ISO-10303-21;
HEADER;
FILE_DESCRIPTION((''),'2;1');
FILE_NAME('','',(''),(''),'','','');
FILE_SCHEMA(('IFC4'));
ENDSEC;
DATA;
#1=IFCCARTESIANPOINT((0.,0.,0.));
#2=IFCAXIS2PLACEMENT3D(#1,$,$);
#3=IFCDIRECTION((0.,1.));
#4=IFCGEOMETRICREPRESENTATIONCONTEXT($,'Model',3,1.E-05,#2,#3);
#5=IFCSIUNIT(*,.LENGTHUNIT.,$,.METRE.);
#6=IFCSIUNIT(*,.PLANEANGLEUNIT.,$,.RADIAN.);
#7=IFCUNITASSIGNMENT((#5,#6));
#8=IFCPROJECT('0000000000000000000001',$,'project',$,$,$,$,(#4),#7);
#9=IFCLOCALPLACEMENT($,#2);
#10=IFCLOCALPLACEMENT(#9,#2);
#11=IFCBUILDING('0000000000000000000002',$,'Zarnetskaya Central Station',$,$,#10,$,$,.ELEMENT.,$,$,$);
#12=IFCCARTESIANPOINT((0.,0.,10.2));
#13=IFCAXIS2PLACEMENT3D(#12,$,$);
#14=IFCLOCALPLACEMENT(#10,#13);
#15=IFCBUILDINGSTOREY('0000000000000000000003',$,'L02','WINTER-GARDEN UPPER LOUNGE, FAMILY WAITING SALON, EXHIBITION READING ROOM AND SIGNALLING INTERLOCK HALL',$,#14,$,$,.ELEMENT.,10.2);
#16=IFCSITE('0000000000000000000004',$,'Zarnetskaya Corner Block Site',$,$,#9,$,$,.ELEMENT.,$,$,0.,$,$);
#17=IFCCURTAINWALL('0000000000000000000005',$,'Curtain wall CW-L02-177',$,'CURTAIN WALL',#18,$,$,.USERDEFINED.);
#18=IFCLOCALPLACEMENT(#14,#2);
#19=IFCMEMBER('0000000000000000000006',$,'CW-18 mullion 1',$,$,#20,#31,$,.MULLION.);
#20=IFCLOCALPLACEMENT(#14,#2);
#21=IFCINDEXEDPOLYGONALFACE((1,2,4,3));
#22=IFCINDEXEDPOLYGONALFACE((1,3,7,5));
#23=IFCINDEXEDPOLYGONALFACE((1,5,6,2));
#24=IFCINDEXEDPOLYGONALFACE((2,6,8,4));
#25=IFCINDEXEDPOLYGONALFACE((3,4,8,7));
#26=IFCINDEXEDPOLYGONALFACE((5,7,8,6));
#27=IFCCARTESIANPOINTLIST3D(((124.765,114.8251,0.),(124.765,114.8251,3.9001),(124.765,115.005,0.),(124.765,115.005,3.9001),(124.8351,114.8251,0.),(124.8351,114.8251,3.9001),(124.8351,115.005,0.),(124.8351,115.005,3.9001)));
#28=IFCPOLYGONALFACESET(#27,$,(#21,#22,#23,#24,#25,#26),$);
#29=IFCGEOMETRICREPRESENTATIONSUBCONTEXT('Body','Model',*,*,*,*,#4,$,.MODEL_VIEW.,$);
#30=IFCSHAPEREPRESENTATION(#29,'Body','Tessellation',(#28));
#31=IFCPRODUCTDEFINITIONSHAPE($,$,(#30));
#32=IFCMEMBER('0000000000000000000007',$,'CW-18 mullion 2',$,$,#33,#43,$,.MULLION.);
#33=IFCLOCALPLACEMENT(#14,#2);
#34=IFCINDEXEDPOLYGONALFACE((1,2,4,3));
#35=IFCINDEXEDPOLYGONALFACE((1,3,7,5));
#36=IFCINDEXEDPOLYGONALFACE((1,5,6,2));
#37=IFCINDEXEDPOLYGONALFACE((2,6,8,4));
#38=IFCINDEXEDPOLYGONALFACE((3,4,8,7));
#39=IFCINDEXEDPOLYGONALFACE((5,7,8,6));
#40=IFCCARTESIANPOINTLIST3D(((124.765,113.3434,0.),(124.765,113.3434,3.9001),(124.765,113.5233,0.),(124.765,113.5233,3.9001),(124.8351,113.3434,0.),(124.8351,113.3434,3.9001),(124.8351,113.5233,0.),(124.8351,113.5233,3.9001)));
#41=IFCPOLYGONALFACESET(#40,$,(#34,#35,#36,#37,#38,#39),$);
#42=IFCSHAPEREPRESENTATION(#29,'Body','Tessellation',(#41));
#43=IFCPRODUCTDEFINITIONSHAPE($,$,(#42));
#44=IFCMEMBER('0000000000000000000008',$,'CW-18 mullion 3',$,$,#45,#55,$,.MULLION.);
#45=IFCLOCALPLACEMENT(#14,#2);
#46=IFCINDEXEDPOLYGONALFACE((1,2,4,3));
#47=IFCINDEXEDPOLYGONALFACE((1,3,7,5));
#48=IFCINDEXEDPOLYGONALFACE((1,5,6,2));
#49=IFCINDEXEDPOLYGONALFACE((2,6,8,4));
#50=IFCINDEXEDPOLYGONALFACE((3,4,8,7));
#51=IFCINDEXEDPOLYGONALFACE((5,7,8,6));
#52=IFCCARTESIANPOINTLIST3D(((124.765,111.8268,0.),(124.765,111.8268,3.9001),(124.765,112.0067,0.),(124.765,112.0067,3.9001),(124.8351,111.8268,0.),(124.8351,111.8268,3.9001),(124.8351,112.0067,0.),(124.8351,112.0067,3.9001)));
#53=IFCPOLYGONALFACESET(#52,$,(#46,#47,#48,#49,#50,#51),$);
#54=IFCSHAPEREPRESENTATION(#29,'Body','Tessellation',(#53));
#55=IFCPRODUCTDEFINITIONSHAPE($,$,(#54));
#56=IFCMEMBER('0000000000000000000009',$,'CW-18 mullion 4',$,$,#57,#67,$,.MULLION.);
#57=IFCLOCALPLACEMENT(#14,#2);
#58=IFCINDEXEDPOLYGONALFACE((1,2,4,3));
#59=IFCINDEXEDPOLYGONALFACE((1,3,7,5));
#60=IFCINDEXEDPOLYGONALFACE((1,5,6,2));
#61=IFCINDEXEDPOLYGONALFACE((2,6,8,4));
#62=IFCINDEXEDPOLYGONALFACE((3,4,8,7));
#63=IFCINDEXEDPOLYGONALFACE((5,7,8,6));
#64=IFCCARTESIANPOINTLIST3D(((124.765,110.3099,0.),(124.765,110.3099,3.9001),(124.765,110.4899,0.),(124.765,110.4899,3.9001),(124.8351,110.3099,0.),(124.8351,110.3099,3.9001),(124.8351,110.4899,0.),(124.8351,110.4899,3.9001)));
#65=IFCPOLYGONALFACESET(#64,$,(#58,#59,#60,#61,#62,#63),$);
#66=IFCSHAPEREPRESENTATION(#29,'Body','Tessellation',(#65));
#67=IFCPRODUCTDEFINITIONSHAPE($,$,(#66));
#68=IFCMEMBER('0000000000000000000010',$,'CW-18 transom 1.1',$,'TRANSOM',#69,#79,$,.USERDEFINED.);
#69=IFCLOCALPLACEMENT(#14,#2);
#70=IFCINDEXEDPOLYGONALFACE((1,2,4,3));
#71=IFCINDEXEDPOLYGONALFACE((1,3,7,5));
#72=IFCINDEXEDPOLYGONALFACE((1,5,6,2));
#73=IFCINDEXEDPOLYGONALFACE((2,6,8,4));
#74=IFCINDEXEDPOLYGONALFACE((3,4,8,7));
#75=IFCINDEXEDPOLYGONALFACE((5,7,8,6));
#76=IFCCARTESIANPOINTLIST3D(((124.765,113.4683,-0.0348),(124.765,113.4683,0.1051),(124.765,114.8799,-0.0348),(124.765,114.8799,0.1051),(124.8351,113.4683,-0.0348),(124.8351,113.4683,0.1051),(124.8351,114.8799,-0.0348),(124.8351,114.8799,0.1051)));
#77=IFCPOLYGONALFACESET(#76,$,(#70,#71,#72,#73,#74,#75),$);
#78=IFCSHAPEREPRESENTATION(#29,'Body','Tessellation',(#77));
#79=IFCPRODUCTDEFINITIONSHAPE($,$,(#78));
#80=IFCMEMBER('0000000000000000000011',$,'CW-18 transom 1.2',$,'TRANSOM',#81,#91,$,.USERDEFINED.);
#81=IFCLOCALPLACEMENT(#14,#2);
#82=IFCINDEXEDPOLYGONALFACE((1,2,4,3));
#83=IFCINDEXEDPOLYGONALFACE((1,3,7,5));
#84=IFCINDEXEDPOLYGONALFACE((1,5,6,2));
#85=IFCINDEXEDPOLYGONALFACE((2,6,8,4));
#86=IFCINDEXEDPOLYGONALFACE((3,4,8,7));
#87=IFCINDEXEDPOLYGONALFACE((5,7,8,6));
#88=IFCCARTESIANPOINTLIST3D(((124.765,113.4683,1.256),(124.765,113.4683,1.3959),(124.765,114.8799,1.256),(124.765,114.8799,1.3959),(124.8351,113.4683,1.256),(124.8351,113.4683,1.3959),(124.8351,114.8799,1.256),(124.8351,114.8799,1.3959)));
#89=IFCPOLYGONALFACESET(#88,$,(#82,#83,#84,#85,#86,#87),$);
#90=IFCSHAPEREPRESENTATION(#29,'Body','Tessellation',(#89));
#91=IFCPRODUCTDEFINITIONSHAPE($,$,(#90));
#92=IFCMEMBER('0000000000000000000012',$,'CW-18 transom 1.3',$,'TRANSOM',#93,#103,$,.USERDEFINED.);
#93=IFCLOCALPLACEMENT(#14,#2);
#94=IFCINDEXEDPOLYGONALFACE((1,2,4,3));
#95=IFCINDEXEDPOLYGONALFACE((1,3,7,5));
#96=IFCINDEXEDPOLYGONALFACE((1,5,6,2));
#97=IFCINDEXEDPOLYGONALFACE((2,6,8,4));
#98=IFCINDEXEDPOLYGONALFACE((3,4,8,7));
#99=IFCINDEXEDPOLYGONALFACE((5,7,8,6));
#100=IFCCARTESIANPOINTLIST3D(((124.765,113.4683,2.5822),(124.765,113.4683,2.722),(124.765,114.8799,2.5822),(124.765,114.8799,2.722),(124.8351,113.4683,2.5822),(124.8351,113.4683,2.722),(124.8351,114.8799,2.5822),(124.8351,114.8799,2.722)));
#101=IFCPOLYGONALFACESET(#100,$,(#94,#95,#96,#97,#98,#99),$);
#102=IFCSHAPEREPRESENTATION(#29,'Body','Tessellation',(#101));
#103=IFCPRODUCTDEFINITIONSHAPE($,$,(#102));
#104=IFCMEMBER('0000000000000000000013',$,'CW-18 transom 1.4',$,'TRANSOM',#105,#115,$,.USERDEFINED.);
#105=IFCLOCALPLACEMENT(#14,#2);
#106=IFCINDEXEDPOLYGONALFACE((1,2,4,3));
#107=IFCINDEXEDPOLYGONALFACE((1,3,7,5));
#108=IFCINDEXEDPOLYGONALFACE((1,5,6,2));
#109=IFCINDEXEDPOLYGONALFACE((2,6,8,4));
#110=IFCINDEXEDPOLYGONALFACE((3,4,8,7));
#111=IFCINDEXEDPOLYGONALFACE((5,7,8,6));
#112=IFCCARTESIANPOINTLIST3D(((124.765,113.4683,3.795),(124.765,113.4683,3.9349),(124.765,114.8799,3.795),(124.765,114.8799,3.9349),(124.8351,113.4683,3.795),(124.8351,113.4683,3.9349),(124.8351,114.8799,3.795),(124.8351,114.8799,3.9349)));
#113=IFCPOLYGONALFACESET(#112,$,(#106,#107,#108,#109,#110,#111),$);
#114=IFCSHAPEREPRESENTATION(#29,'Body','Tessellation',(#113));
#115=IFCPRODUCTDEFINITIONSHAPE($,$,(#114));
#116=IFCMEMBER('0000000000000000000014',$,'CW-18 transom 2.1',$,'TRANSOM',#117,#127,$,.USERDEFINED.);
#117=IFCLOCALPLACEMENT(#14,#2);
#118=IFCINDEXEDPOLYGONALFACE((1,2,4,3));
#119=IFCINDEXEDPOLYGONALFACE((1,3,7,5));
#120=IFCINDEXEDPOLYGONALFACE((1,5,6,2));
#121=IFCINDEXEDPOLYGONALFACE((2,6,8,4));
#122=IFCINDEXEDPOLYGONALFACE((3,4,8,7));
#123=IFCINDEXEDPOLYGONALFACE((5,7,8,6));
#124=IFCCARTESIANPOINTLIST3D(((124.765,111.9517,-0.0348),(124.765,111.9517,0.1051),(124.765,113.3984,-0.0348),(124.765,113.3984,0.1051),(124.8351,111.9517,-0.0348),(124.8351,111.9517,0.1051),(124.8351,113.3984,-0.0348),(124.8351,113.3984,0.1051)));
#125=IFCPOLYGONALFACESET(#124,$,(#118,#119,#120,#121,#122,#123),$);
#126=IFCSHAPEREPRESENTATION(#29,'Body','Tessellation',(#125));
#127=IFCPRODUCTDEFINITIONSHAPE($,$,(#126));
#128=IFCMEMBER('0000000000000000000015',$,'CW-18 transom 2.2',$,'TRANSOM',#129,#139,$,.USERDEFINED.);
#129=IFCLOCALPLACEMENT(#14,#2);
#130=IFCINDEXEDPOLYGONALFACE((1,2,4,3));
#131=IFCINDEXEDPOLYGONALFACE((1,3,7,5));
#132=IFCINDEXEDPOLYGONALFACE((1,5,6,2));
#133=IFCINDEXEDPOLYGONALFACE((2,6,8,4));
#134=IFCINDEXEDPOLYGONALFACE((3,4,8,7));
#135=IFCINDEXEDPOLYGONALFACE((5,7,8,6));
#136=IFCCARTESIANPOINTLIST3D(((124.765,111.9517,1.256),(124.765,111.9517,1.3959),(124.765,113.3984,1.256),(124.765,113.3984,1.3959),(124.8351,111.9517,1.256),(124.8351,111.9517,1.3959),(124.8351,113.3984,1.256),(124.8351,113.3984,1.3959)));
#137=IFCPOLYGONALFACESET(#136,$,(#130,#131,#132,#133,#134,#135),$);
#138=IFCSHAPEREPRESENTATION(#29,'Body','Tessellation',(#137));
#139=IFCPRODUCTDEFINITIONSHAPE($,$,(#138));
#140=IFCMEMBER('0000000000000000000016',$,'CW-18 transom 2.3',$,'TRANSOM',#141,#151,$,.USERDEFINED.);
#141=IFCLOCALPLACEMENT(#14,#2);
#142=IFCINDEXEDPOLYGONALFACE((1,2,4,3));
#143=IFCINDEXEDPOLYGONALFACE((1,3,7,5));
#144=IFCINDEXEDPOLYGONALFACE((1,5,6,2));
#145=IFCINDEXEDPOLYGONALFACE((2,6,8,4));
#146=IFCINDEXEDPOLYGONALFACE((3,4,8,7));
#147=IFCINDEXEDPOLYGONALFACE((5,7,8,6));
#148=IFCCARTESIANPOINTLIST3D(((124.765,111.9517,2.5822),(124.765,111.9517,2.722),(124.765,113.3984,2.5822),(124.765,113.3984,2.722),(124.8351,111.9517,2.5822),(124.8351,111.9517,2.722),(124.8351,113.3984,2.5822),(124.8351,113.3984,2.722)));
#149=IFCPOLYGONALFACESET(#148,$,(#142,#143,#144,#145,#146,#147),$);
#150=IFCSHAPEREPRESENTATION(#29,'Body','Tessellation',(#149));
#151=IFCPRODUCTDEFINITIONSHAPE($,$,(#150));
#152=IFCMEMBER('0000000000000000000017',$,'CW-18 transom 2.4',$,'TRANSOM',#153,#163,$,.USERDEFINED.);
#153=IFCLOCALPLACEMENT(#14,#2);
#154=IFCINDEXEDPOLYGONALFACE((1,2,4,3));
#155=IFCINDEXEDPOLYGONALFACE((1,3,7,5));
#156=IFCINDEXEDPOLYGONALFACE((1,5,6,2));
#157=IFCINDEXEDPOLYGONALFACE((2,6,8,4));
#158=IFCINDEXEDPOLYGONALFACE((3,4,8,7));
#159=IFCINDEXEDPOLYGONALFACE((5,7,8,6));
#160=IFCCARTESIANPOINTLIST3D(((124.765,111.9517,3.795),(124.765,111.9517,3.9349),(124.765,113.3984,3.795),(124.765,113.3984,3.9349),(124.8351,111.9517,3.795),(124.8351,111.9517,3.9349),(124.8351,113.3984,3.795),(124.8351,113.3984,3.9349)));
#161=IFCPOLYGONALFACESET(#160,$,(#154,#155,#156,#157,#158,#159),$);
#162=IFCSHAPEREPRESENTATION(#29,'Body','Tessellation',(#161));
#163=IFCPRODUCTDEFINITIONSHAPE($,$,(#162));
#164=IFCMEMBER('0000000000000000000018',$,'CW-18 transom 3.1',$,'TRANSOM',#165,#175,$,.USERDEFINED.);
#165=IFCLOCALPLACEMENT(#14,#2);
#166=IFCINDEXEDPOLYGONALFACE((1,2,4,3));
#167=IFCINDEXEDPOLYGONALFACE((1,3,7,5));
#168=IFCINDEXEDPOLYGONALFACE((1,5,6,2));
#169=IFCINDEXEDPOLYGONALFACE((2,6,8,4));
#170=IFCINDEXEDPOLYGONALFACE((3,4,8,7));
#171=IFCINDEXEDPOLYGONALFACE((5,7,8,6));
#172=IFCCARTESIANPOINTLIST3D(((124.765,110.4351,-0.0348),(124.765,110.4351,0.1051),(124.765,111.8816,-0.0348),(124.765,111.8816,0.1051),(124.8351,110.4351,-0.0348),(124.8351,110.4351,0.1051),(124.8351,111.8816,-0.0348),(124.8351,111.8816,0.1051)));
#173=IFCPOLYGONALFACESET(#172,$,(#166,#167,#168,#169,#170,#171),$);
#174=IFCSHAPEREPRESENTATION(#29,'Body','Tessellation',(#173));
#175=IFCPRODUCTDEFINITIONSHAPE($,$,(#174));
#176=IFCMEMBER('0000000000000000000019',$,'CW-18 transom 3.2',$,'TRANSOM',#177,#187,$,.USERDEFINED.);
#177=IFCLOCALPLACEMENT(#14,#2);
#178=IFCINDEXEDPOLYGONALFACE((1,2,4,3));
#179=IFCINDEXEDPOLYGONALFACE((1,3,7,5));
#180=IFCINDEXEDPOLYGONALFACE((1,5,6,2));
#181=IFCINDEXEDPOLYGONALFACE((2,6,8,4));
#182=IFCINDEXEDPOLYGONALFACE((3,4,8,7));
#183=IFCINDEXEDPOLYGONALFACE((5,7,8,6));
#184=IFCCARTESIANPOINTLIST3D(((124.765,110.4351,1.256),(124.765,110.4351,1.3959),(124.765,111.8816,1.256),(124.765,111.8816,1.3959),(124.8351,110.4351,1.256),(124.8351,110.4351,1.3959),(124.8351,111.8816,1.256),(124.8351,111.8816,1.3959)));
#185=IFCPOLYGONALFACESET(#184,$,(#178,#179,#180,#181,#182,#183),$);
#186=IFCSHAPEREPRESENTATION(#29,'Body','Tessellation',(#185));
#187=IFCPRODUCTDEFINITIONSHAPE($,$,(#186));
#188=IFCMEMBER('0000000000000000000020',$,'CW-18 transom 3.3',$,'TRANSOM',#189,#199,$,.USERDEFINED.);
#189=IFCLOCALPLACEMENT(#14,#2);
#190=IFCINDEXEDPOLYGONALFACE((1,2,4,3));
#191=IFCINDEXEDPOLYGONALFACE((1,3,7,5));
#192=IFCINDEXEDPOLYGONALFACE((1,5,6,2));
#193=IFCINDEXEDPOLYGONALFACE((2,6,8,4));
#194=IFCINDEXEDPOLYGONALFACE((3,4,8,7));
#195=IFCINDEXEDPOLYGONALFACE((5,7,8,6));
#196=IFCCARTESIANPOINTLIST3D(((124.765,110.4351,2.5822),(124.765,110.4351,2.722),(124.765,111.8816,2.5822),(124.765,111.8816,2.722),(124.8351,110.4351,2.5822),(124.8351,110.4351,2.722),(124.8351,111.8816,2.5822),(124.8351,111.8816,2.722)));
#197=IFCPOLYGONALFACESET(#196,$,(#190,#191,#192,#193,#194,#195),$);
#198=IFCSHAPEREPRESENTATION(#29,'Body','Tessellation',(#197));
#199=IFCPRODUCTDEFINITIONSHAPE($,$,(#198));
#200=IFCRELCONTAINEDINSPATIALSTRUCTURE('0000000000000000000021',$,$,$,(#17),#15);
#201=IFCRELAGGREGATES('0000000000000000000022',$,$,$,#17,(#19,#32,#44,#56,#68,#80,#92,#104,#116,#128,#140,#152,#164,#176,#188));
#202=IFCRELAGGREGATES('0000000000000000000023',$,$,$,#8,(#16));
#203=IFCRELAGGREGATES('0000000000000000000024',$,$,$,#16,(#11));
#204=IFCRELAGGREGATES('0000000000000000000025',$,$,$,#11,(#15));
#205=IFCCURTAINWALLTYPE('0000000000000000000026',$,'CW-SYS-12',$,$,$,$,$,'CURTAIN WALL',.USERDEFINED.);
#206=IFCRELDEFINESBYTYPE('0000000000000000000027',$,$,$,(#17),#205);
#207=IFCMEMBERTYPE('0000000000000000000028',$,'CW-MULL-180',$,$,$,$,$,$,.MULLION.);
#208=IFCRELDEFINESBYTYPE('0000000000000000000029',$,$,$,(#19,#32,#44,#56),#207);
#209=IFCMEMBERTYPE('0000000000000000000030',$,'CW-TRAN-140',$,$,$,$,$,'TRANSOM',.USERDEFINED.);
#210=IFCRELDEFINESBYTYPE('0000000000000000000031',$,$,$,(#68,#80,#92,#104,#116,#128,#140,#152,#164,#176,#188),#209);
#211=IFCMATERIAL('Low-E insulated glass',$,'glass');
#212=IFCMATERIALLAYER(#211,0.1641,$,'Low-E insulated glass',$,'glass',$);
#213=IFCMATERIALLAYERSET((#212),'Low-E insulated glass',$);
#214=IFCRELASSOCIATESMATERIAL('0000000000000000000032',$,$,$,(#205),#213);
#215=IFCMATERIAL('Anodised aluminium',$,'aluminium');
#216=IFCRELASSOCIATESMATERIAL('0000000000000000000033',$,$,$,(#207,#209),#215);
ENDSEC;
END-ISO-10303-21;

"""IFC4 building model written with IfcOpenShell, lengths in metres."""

from ifc_helpers import new_model, si_unit, direction, frame, origin, origin_2d, place, context, subcontext, project, spatial, rectangle, extrude, material, layer, layer_set, material_profile, profile_set, type_object, element, aggregate, save


model = new_model("IFC4")

# Units and contexts
model_context = context("Model", 3, precision=1e-05, world=origin(), true_north=direction((0.0, 1.0)))
body_context = subcontext(model_context, "Body", "Model", "MODEL_VIEW")
ifc_project = project(units=[si_unit("LENGTHUNIT", "METRE"), si_unit("PLANEANGLEUNIT", "RADIAN")], contexts=[model_context])

# Site, building, storey
site_placement = place(None, origin())
site = spatial("IfcSite", under=ifc_project, at=site_placement, Name="Zarnetskaya Corner Block Site", CompositionType="ELEMENT", RefElevation=0.0)
building_placement = place(site_placement, origin())
building = spatial("IfcBuilding", under=site, at=building_placement, Name="Zarnetskaya Central Station", CompositionType="ELEMENT")
storey_placement = place(building_placement, frame((0.0, 0.0, 10.2)))
storey = spatial("IfcBuildingStorey", under=building, at=storey_placement, Name="L02", Description="WINTER-GARDEN UPPER LOUNGE, FAMILY WAITING SALON, EXHIBITION READING ROOM AND SIGNALLING INTERLOCK HALL", CompositionType="ELEMENT", Elevation=10.2)

# Curtain wall, members
ifc_material_1 = material(Name="Low-E insulated glass", Category="glass")
ifc_layer_1 = layer(ifc_material_1, 0.1641, Name="Low-E insulated glass", Category="glass")
ifc_layer_set_1 = layer_set([ifc_layer_1], Name="Low-E insulated glass")
curtain_wall_type = type_object("IfcCurtainWallType", Name="CW-SYS-12", ElementType="CURTAIN WALL", PredefinedType="USERDEFINED", material=ifc_layer_set_1)
curtain_wall_placement = place(storey_placement, origin())
curtain_wall = element("IfcCurtainWall", 1, at=curtain_wall_placement, inside=storey, type_object=curtain_wall_type, Name="Curtain wall CW-L02-177", ObjectType="CURTAIN WALL", PredefinedType="USERDEFINED")
ifc_material_2 = material(Name="Anodised aluminium", Category="aluminium")
ifc_material_profile_1 = material_profile(ifc_material_2, rectangle(XDim=0.0701, YDim=0.1799, at=origin_2d()), Name="ALU MULL 70x180")
ifc_profile_set_1 = profile_set([ifc_material_profile_1], Name="Anodised aluminium")
member_type_1 = type_object("IfcMemberType", Name="CW-MULL-180", PredefinedType="MULLION", material=ifc_profile_set_1)
member_1_placement = place(storey_placement, frame((124.8, 114.915, 0.0), z_axis=(0.0, 0.0, 1.0), x_axis=(1.0, 0.0, 0.0)))
member_1 = element("IfcMember", 2, at=member_1_placement, type_object=member_type_1, Name="CW-18 mullion 1", PredefinedType="MULLION", context=body_context, shape_type="SweptSolid", body=[
    extrude(rectangle(XDim=0.0701, YDim=0.1799, at=origin_2d()), origin(), (0.0, 0.0, 1.0), 3.9001),
])
member_2_placement = place(storey_placement, frame((124.8, 113.4333, 0.0), z_axis=(0.0, 0.0, 1.0), x_axis=(1.0, 0.0, 0.0)))
member_2 = element("IfcMember", 3, at=member_2_placement, type_object=member_type_1, Name="CW-18 mullion 2", PredefinedType="MULLION", context=body_context, shape_type="SweptSolid", body=[
    extrude(rectangle(XDim=0.0701, YDim=0.1799, at=origin_2d()), origin(), (0.0, 0.0, 1.0), 3.9001),
])
member_3_placement = place(storey_placement, frame((124.8, 111.9167, 0.0), z_axis=(0.0, 0.0, 1.0), x_axis=(1.0, 0.0, 0.0)))
member_3 = element("IfcMember", 4, at=member_3_placement, type_object=member_type_1, Name="CW-18 mullion 3", PredefinedType="MULLION", context=body_context, shape_type="SweptSolid", body=[
    extrude(rectangle(XDim=0.0701, YDim=0.1799, at=origin_2d()), origin(), (0.0, 0.0, 1.0), 3.9001),
])
member_4_placement = place(storey_placement, frame((124.8, 110.3999, 0.0), z_axis=(0.0, 0.0, 1.0), x_axis=(1.0, 0.0, 0.0)))
member_4 = element("IfcMember", 5, at=member_4_placement, type_object=member_type_1, Name="CW-18 mullion 4", PredefinedType="MULLION", context=body_context, shape_type="SweptSolid", body=[
    extrude(rectangle(XDim=0.0701, YDim=0.1799, at=origin_2d()), origin(), (0.0, 0.0, 1.0), 3.9001),
])
ifc_material_profile_2 = material_profile(ifc_material_2, rectangle(XDim=0.0701, YDim=0.1399, at=origin_2d()), Name="ALU TRAN 70x140")
ifc_profile_set_2 = profile_set([ifc_material_profile_2], Name="Anodised aluminium")
member_type_2 = type_object("IfcMemberType", Name="CW-TRAN-140", ElementType="TRANSOM", PredefinedType="USERDEFINED", material=ifc_profile_set_2)
member_5_placement = place(storey_placement, frame((124.8, 114.8799, 0.0352), z_axis=(0.0, -1.0, 0.0), x_axis=(1.0, 0.0, 0.0)))
member_5 = element("IfcMember", 6, at=member_5_placement, type_object=member_type_2, Name="CW-18 transom 1.1", ObjectType="TRANSOM", PredefinedType="USERDEFINED", context=body_context, shape_type="SweptSolid", body=[
    extrude(rectangle(XDim=0.0701, YDim=0.1399, at=origin_2d()), origin(), (0.0, 0.0, 1.0), 1.4116),
])
member_6_placement = place(storey_placement, frame((124.8, 114.8799, 1.3259), z_axis=(0.0, -1.0, 0.0), x_axis=(1.0, 0.0, 0.0)))
member_6 = element("IfcMember", 7, at=member_6_placement, type_object=member_type_2, Name="CW-18 transom 1.2", ObjectType="TRANSOM", PredefinedType="USERDEFINED", context=body_context, shape_type="SweptSolid", body=[
    extrude(rectangle(XDim=0.0701, YDim=0.1399, at=origin_2d()), origin(), (0.0, 0.0, 1.0), 1.4116),
])
member_7_placement = place(storey_placement, frame((124.8, 114.8799, 2.6521), z_axis=(0.0, -1.0, 0.0), x_axis=(1.0, 0.0, 0.0)))
member_7 = element("IfcMember", 8, at=member_7_placement, type_object=member_type_2, Name="CW-18 transom 1.3", ObjectType="TRANSOM", PredefinedType="USERDEFINED", context=body_context, shape_type="SweptSolid", body=[
    extrude(rectangle(XDim=0.0701, YDim=0.1399, at=origin_2d()), origin(), (0.0, 0.0, 1.0), 1.4116),
])
member_8_placement = place(storey_placement, frame((124.8, 114.8799, 3.865), z_axis=(0.0, -1.0, 0.0), x_axis=(1.0, 0.0, 0.0)))
member_8 = element("IfcMember", 9, at=member_8_placement, type_object=member_type_2, Name="CW-18 transom 1.4", ObjectType="TRANSOM", PredefinedType="USERDEFINED", context=body_context, shape_type="SweptSolid", body=[
    extrude(rectangle(XDim=0.0701, YDim=0.1399, at=origin_2d()), origin(), (0.0, 0.0, 1.0), 1.4116),
])
member_9_placement = place(storey_placement, frame((124.8, 113.3984, 0.0352), z_axis=(0.0, -1.0, 0.0), x_axis=(1.0, 0.0, 0.0)))
member_9 = element("IfcMember", 10, at=member_9_placement, type_object=member_type_2, Name="CW-18 transom 2.1", ObjectType="TRANSOM", PredefinedType="USERDEFINED", context=body_context, shape_type="SweptSolid", body=[
    extrude(rectangle(XDim=0.0701, YDim=0.1399, at=origin_2d()), origin(), (0.0, 0.0, 1.0), 1.4468),
])
member_10_placement = place(storey_placement, frame((124.8, 113.3984, 1.3259), z_axis=(0.0, -1.0, 0.0), x_axis=(1.0, 0.0, 0.0)))
member_10 = element("IfcMember", 11, at=member_10_placement, type_object=member_type_2, Name="CW-18 transom 2.2", ObjectType="TRANSOM", PredefinedType="USERDEFINED", context=body_context, shape_type="SweptSolid", body=[
    extrude(rectangle(XDim=0.0701, YDim=0.1399, at=origin_2d()), origin(), (0.0, 0.0, 1.0), 1.4468),
])
member_11_placement = place(storey_placement, frame((124.8, 113.3984, 2.6521), z_axis=(0.0, -1.0, 0.0), x_axis=(1.0, 0.0, 0.0)))
member_11 = element("IfcMember", 12, at=member_11_placement, type_object=member_type_2, Name="CW-18 transom 2.3", ObjectType="TRANSOM", PredefinedType="USERDEFINED", context=body_context, shape_type="SweptSolid", body=[
    extrude(rectangle(XDim=0.0701, YDim=0.1399, at=origin_2d()), origin(), (0.0, 0.0, 1.0), 1.4468),
])
member_12_placement = place(storey_placement, frame((124.8, 113.3984, 3.865), z_axis=(0.0, -1.0, 0.0), x_axis=(1.0, 0.0, 0.0)))
member_12 = element("IfcMember", 13, at=member_12_placement, type_object=member_type_2, Name="CW-18 transom 2.4", ObjectType="TRANSOM", PredefinedType="USERDEFINED", context=body_context, shape_type="SweptSolid", body=[
    extrude(rectangle(XDim=0.0701, YDim=0.1399, at=origin_2d()), origin(), (0.0, 0.0, 1.0), 1.4468),
])
member_13_placement = place(storey_placement, frame((124.8, 111.8816, 0.0352), z_axis=(0.0, -1.0, 0.0), x_axis=(1.0, 0.0, 0.0)))
member_13 = element("IfcMember", 14, at=member_13_placement, type_object=member_type_2, Name="CW-18 transom 3.1", ObjectType="TRANSOM", PredefinedType="USERDEFINED", context=body_context, shape_type="SweptSolid", body=[
    extrude(rectangle(XDim=0.0701, YDim=0.1399, at=origin_2d()), origin(), (0.0, 0.0, 1.0), 1.4465),
])
member_14_placement = place(storey_placement, frame((124.8, 111.8816, 1.3259), z_axis=(0.0, -1.0, 0.0), x_axis=(1.0, 0.0, 0.0)))
member_14 = element("IfcMember", 15, at=member_14_placement, type_object=member_type_2, Name="CW-18 transom 3.2", ObjectType="TRANSOM", PredefinedType="USERDEFINED", context=body_context, shape_type="SweptSolid", body=[
    extrude(rectangle(XDim=0.0701, YDim=0.1399, at=origin_2d()), origin(), (0.0, 0.0, 1.0), 1.4465),
])
member_15_placement = place(storey_placement, frame((124.8, 111.8816, 2.6521), z_axis=(0.0, -1.0, 0.0), x_axis=(1.0, 0.0, 0.0)))
member_15 = element("IfcMember", 16, at=member_15_placement, type_object=member_type_2, Name="CW-18 transom 3.3", ObjectType="TRANSOM", PredefinedType="USERDEFINED", context=body_context, shape_type="SweptSolid", body=[
    extrude(rectangle(XDim=0.0701, YDim=0.1399, at=origin_2d()), origin(), (0.0, 0.0, 1.0), 1.4465),
])
aggregate(curtain_wall, [member_1, member_2, member_3, member_4, member_5, member_6, member_7, member_8, member_9, member_10, member_11, member_12, member_13, member_14, member_15])

save(model, "model.ifc")
